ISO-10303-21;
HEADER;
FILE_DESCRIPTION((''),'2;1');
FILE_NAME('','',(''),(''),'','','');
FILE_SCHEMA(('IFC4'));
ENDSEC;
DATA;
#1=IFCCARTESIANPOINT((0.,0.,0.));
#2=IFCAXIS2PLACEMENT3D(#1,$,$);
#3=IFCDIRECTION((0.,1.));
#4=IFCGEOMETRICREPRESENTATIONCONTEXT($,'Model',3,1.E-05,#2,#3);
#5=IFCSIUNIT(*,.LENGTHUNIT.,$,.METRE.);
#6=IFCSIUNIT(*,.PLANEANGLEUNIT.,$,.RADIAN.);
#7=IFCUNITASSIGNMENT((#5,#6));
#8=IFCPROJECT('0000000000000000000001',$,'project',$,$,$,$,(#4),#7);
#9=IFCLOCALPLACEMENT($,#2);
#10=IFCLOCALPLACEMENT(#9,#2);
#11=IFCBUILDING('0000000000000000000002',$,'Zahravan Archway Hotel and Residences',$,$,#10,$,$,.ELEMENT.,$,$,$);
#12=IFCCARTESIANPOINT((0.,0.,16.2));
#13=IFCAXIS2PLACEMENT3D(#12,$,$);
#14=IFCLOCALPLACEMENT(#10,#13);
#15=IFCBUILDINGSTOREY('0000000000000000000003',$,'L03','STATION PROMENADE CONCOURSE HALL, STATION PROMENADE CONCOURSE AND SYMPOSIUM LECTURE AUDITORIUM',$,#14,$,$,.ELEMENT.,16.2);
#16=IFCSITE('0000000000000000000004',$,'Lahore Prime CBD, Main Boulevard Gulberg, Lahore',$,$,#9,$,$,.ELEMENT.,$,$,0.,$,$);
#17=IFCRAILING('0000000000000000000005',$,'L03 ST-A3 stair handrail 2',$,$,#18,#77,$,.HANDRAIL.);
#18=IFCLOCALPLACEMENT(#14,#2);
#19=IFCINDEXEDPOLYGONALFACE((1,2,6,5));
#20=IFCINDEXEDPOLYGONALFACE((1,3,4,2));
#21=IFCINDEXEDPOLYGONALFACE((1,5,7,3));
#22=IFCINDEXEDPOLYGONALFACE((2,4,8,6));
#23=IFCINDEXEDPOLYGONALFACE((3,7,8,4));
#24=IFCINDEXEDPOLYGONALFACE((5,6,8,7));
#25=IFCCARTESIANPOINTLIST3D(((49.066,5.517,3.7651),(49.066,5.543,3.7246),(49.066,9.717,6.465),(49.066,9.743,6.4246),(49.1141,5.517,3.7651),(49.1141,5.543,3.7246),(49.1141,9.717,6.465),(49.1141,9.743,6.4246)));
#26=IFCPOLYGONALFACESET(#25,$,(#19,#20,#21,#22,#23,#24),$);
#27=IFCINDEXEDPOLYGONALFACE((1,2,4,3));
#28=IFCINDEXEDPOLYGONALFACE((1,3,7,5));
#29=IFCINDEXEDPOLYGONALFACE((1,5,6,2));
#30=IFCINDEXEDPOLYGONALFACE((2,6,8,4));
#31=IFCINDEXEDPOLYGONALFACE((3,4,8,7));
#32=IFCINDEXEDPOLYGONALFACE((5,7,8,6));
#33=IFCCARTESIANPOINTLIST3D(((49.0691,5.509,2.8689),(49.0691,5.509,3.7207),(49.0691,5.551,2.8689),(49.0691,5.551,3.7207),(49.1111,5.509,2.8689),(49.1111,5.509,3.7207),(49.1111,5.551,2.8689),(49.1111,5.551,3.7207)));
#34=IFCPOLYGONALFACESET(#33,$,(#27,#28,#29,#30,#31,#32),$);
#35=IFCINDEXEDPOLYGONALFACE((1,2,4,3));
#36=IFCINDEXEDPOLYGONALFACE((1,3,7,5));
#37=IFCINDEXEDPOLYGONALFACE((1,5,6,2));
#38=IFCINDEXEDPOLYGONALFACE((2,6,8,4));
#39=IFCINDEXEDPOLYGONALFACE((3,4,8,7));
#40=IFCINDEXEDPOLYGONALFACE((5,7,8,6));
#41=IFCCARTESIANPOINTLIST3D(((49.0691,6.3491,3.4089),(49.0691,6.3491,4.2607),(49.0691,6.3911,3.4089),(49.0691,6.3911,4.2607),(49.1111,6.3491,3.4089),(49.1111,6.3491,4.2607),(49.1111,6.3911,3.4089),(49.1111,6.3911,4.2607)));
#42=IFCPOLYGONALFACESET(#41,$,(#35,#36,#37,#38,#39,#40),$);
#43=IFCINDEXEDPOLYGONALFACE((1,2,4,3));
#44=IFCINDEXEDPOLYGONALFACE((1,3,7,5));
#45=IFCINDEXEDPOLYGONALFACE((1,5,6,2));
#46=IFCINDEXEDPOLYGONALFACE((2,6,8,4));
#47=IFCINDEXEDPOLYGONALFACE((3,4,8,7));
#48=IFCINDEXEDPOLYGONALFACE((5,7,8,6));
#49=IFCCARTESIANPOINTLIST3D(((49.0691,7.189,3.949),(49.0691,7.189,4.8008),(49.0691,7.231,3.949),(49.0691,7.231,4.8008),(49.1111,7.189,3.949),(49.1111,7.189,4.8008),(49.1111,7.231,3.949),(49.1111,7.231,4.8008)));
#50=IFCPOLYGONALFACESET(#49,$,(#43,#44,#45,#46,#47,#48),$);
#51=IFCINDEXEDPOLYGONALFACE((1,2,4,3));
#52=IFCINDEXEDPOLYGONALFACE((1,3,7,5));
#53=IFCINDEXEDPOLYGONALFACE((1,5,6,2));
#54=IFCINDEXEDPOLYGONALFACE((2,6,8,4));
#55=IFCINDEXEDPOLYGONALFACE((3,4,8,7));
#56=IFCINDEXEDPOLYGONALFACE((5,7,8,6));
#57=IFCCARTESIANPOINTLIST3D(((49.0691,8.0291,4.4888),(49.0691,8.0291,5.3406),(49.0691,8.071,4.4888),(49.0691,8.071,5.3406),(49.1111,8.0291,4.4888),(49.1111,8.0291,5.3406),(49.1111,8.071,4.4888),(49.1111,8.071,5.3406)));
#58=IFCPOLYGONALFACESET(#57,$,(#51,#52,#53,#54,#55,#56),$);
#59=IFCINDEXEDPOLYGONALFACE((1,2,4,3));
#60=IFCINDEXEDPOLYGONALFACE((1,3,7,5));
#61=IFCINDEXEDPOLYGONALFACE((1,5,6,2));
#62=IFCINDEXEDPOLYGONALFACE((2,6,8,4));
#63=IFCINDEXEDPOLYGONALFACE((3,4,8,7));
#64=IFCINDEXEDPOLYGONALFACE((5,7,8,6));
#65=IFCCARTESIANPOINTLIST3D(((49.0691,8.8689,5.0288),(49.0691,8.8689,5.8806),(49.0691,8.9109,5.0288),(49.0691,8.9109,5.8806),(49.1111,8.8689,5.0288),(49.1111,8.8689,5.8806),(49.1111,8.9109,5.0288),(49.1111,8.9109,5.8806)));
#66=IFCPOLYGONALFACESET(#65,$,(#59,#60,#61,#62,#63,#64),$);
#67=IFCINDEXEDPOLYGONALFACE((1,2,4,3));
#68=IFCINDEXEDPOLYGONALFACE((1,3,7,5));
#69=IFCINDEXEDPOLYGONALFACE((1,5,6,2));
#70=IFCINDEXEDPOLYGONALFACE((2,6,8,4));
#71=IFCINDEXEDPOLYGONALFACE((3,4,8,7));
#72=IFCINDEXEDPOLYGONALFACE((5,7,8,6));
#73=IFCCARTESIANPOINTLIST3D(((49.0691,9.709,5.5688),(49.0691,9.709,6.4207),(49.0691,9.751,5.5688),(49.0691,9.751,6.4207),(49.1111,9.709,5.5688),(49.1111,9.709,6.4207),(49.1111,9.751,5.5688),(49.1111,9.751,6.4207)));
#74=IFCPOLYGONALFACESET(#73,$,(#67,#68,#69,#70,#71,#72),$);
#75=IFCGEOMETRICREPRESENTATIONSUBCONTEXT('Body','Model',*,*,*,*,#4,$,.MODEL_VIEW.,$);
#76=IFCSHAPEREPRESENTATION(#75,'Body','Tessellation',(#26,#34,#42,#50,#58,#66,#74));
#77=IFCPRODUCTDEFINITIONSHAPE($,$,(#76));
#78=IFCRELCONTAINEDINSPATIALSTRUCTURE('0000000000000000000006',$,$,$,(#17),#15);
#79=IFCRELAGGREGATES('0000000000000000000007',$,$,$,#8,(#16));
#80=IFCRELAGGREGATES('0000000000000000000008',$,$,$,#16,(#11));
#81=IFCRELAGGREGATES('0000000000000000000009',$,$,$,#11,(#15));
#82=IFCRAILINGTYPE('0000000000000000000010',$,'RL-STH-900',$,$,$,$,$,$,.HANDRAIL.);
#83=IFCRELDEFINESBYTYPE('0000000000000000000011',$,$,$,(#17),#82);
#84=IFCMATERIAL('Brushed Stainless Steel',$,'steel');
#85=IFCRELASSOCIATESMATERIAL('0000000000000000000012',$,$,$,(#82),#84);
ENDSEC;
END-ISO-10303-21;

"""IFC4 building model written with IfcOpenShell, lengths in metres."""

from ifc_helpers import new_model, si_unit, direction, frame, origin, origin_2d, place, context, subcontext, project, spatial, rectangle, extrude, material, type_object, element, save


model = new_model("IFC4")

# Units and contexts
model_context = context("Model", 3, precision=1e-05, world=origin(), true_north=direction((0.0, 1.0)))
body_context = subcontext(model_context, "Body", "Model", "MODEL_VIEW")
ifc_project = project(units=[si_unit("LENGTHUNIT", "METRE"), si_unit("PLANEANGLEUNIT", "RADIAN")], contexts=[model_context])

# Site, building, storey
site_placement = place(None, origin())
site = spatial("IfcSite", under=ifc_project, at=site_placement, Name="Lahore Prime CBD, Main Boulevard Gulberg, Lahore", CompositionType="ELEMENT", RefElevation=0.0)
building_placement = place(site_placement, origin())
building = spatial("IfcBuilding", under=site, at=building_placement, Name="Zahravan Archway Hotel and Residences", CompositionType="ELEMENT")
storey_placement = place(building_placement, frame((0.0, 0.0, 16.2)))
storey = spatial("IfcBuildingStorey", under=building, at=storey_placement, Name="L03", Description="STATION PROMENADE CONCOURSE HALL, STATION PROMENADE CONCOURSE AND SYMPOSIUM LECTURE AUDITORIUM", CompositionType="ELEMENT", Elevation=16.2)

# Railing
ifc_material_1 = material(Name="Brushed Stainless Steel", Category="steel")
railing_type_1 = type_object("IfcRailingType", Name="RL-STH-900", PredefinedType="HANDRAIL", material=ifc_material_1)
railing_1_placement = place(storey_placement, frame((49.0901, 5.53, 2.8689)))
element("IfcRailing", 1, at=railing_1_placement, inside=storey, type_object=railing_type_1, Name="L03 ST-A3 stair handrail 2", PredefinedType="HANDRAIL", context=body_context, shape_type="SweptSolid", body=[
    extrude(rectangle(XDim=0.0481, YDim=0.0481, at=origin_2d()), frame((0.0, 0.0, 0.876), z_axis=(0.0, 0.84118, 0.540755), x_axis=(-1.0, 0.0, 0.0)), (0.0, 0.0, 1.0), 4.9929),
    extrude(rectangle(XDim=0.042, YDim=0.042, at=origin_2d()), origin(), (0.0, 0.0, 1.0), 0.8518),
    extrude(rectangle(XDim=0.042, YDim=0.042, at=origin_2d()), frame((0.0, 0.8401, 0.54)), (0.0, 0.0, 1.0), 0.8518),
    extrude(rectangle(XDim=0.042, YDim=0.042, at=origin_2d()), frame((0.0, 1.6799, 1.0801)), (0.0, 0.0, 1.0), 0.8518),
    extrude(rectangle(XDim=0.042, YDim=0.042, at=origin_2d()), frame((0.0, 2.52, 1.6199)), (0.0, 0.0, 1.0), 0.8518),
    extrude(rectangle(XDim=0.042, YDim=0.042, at=origin_2d()), frame((0.0, 3.3599, 2.1599)), (0.0, 0.0, 1.0), 0.8518),
    extrude(rectangle(XDim=0.042, YDim=0.042, at=origin_2d()), frame((0.0, 4.2, 2.7)), (0.0, 0.0, 1.0), 0.8518),
])

save(model, "model.ifc")
